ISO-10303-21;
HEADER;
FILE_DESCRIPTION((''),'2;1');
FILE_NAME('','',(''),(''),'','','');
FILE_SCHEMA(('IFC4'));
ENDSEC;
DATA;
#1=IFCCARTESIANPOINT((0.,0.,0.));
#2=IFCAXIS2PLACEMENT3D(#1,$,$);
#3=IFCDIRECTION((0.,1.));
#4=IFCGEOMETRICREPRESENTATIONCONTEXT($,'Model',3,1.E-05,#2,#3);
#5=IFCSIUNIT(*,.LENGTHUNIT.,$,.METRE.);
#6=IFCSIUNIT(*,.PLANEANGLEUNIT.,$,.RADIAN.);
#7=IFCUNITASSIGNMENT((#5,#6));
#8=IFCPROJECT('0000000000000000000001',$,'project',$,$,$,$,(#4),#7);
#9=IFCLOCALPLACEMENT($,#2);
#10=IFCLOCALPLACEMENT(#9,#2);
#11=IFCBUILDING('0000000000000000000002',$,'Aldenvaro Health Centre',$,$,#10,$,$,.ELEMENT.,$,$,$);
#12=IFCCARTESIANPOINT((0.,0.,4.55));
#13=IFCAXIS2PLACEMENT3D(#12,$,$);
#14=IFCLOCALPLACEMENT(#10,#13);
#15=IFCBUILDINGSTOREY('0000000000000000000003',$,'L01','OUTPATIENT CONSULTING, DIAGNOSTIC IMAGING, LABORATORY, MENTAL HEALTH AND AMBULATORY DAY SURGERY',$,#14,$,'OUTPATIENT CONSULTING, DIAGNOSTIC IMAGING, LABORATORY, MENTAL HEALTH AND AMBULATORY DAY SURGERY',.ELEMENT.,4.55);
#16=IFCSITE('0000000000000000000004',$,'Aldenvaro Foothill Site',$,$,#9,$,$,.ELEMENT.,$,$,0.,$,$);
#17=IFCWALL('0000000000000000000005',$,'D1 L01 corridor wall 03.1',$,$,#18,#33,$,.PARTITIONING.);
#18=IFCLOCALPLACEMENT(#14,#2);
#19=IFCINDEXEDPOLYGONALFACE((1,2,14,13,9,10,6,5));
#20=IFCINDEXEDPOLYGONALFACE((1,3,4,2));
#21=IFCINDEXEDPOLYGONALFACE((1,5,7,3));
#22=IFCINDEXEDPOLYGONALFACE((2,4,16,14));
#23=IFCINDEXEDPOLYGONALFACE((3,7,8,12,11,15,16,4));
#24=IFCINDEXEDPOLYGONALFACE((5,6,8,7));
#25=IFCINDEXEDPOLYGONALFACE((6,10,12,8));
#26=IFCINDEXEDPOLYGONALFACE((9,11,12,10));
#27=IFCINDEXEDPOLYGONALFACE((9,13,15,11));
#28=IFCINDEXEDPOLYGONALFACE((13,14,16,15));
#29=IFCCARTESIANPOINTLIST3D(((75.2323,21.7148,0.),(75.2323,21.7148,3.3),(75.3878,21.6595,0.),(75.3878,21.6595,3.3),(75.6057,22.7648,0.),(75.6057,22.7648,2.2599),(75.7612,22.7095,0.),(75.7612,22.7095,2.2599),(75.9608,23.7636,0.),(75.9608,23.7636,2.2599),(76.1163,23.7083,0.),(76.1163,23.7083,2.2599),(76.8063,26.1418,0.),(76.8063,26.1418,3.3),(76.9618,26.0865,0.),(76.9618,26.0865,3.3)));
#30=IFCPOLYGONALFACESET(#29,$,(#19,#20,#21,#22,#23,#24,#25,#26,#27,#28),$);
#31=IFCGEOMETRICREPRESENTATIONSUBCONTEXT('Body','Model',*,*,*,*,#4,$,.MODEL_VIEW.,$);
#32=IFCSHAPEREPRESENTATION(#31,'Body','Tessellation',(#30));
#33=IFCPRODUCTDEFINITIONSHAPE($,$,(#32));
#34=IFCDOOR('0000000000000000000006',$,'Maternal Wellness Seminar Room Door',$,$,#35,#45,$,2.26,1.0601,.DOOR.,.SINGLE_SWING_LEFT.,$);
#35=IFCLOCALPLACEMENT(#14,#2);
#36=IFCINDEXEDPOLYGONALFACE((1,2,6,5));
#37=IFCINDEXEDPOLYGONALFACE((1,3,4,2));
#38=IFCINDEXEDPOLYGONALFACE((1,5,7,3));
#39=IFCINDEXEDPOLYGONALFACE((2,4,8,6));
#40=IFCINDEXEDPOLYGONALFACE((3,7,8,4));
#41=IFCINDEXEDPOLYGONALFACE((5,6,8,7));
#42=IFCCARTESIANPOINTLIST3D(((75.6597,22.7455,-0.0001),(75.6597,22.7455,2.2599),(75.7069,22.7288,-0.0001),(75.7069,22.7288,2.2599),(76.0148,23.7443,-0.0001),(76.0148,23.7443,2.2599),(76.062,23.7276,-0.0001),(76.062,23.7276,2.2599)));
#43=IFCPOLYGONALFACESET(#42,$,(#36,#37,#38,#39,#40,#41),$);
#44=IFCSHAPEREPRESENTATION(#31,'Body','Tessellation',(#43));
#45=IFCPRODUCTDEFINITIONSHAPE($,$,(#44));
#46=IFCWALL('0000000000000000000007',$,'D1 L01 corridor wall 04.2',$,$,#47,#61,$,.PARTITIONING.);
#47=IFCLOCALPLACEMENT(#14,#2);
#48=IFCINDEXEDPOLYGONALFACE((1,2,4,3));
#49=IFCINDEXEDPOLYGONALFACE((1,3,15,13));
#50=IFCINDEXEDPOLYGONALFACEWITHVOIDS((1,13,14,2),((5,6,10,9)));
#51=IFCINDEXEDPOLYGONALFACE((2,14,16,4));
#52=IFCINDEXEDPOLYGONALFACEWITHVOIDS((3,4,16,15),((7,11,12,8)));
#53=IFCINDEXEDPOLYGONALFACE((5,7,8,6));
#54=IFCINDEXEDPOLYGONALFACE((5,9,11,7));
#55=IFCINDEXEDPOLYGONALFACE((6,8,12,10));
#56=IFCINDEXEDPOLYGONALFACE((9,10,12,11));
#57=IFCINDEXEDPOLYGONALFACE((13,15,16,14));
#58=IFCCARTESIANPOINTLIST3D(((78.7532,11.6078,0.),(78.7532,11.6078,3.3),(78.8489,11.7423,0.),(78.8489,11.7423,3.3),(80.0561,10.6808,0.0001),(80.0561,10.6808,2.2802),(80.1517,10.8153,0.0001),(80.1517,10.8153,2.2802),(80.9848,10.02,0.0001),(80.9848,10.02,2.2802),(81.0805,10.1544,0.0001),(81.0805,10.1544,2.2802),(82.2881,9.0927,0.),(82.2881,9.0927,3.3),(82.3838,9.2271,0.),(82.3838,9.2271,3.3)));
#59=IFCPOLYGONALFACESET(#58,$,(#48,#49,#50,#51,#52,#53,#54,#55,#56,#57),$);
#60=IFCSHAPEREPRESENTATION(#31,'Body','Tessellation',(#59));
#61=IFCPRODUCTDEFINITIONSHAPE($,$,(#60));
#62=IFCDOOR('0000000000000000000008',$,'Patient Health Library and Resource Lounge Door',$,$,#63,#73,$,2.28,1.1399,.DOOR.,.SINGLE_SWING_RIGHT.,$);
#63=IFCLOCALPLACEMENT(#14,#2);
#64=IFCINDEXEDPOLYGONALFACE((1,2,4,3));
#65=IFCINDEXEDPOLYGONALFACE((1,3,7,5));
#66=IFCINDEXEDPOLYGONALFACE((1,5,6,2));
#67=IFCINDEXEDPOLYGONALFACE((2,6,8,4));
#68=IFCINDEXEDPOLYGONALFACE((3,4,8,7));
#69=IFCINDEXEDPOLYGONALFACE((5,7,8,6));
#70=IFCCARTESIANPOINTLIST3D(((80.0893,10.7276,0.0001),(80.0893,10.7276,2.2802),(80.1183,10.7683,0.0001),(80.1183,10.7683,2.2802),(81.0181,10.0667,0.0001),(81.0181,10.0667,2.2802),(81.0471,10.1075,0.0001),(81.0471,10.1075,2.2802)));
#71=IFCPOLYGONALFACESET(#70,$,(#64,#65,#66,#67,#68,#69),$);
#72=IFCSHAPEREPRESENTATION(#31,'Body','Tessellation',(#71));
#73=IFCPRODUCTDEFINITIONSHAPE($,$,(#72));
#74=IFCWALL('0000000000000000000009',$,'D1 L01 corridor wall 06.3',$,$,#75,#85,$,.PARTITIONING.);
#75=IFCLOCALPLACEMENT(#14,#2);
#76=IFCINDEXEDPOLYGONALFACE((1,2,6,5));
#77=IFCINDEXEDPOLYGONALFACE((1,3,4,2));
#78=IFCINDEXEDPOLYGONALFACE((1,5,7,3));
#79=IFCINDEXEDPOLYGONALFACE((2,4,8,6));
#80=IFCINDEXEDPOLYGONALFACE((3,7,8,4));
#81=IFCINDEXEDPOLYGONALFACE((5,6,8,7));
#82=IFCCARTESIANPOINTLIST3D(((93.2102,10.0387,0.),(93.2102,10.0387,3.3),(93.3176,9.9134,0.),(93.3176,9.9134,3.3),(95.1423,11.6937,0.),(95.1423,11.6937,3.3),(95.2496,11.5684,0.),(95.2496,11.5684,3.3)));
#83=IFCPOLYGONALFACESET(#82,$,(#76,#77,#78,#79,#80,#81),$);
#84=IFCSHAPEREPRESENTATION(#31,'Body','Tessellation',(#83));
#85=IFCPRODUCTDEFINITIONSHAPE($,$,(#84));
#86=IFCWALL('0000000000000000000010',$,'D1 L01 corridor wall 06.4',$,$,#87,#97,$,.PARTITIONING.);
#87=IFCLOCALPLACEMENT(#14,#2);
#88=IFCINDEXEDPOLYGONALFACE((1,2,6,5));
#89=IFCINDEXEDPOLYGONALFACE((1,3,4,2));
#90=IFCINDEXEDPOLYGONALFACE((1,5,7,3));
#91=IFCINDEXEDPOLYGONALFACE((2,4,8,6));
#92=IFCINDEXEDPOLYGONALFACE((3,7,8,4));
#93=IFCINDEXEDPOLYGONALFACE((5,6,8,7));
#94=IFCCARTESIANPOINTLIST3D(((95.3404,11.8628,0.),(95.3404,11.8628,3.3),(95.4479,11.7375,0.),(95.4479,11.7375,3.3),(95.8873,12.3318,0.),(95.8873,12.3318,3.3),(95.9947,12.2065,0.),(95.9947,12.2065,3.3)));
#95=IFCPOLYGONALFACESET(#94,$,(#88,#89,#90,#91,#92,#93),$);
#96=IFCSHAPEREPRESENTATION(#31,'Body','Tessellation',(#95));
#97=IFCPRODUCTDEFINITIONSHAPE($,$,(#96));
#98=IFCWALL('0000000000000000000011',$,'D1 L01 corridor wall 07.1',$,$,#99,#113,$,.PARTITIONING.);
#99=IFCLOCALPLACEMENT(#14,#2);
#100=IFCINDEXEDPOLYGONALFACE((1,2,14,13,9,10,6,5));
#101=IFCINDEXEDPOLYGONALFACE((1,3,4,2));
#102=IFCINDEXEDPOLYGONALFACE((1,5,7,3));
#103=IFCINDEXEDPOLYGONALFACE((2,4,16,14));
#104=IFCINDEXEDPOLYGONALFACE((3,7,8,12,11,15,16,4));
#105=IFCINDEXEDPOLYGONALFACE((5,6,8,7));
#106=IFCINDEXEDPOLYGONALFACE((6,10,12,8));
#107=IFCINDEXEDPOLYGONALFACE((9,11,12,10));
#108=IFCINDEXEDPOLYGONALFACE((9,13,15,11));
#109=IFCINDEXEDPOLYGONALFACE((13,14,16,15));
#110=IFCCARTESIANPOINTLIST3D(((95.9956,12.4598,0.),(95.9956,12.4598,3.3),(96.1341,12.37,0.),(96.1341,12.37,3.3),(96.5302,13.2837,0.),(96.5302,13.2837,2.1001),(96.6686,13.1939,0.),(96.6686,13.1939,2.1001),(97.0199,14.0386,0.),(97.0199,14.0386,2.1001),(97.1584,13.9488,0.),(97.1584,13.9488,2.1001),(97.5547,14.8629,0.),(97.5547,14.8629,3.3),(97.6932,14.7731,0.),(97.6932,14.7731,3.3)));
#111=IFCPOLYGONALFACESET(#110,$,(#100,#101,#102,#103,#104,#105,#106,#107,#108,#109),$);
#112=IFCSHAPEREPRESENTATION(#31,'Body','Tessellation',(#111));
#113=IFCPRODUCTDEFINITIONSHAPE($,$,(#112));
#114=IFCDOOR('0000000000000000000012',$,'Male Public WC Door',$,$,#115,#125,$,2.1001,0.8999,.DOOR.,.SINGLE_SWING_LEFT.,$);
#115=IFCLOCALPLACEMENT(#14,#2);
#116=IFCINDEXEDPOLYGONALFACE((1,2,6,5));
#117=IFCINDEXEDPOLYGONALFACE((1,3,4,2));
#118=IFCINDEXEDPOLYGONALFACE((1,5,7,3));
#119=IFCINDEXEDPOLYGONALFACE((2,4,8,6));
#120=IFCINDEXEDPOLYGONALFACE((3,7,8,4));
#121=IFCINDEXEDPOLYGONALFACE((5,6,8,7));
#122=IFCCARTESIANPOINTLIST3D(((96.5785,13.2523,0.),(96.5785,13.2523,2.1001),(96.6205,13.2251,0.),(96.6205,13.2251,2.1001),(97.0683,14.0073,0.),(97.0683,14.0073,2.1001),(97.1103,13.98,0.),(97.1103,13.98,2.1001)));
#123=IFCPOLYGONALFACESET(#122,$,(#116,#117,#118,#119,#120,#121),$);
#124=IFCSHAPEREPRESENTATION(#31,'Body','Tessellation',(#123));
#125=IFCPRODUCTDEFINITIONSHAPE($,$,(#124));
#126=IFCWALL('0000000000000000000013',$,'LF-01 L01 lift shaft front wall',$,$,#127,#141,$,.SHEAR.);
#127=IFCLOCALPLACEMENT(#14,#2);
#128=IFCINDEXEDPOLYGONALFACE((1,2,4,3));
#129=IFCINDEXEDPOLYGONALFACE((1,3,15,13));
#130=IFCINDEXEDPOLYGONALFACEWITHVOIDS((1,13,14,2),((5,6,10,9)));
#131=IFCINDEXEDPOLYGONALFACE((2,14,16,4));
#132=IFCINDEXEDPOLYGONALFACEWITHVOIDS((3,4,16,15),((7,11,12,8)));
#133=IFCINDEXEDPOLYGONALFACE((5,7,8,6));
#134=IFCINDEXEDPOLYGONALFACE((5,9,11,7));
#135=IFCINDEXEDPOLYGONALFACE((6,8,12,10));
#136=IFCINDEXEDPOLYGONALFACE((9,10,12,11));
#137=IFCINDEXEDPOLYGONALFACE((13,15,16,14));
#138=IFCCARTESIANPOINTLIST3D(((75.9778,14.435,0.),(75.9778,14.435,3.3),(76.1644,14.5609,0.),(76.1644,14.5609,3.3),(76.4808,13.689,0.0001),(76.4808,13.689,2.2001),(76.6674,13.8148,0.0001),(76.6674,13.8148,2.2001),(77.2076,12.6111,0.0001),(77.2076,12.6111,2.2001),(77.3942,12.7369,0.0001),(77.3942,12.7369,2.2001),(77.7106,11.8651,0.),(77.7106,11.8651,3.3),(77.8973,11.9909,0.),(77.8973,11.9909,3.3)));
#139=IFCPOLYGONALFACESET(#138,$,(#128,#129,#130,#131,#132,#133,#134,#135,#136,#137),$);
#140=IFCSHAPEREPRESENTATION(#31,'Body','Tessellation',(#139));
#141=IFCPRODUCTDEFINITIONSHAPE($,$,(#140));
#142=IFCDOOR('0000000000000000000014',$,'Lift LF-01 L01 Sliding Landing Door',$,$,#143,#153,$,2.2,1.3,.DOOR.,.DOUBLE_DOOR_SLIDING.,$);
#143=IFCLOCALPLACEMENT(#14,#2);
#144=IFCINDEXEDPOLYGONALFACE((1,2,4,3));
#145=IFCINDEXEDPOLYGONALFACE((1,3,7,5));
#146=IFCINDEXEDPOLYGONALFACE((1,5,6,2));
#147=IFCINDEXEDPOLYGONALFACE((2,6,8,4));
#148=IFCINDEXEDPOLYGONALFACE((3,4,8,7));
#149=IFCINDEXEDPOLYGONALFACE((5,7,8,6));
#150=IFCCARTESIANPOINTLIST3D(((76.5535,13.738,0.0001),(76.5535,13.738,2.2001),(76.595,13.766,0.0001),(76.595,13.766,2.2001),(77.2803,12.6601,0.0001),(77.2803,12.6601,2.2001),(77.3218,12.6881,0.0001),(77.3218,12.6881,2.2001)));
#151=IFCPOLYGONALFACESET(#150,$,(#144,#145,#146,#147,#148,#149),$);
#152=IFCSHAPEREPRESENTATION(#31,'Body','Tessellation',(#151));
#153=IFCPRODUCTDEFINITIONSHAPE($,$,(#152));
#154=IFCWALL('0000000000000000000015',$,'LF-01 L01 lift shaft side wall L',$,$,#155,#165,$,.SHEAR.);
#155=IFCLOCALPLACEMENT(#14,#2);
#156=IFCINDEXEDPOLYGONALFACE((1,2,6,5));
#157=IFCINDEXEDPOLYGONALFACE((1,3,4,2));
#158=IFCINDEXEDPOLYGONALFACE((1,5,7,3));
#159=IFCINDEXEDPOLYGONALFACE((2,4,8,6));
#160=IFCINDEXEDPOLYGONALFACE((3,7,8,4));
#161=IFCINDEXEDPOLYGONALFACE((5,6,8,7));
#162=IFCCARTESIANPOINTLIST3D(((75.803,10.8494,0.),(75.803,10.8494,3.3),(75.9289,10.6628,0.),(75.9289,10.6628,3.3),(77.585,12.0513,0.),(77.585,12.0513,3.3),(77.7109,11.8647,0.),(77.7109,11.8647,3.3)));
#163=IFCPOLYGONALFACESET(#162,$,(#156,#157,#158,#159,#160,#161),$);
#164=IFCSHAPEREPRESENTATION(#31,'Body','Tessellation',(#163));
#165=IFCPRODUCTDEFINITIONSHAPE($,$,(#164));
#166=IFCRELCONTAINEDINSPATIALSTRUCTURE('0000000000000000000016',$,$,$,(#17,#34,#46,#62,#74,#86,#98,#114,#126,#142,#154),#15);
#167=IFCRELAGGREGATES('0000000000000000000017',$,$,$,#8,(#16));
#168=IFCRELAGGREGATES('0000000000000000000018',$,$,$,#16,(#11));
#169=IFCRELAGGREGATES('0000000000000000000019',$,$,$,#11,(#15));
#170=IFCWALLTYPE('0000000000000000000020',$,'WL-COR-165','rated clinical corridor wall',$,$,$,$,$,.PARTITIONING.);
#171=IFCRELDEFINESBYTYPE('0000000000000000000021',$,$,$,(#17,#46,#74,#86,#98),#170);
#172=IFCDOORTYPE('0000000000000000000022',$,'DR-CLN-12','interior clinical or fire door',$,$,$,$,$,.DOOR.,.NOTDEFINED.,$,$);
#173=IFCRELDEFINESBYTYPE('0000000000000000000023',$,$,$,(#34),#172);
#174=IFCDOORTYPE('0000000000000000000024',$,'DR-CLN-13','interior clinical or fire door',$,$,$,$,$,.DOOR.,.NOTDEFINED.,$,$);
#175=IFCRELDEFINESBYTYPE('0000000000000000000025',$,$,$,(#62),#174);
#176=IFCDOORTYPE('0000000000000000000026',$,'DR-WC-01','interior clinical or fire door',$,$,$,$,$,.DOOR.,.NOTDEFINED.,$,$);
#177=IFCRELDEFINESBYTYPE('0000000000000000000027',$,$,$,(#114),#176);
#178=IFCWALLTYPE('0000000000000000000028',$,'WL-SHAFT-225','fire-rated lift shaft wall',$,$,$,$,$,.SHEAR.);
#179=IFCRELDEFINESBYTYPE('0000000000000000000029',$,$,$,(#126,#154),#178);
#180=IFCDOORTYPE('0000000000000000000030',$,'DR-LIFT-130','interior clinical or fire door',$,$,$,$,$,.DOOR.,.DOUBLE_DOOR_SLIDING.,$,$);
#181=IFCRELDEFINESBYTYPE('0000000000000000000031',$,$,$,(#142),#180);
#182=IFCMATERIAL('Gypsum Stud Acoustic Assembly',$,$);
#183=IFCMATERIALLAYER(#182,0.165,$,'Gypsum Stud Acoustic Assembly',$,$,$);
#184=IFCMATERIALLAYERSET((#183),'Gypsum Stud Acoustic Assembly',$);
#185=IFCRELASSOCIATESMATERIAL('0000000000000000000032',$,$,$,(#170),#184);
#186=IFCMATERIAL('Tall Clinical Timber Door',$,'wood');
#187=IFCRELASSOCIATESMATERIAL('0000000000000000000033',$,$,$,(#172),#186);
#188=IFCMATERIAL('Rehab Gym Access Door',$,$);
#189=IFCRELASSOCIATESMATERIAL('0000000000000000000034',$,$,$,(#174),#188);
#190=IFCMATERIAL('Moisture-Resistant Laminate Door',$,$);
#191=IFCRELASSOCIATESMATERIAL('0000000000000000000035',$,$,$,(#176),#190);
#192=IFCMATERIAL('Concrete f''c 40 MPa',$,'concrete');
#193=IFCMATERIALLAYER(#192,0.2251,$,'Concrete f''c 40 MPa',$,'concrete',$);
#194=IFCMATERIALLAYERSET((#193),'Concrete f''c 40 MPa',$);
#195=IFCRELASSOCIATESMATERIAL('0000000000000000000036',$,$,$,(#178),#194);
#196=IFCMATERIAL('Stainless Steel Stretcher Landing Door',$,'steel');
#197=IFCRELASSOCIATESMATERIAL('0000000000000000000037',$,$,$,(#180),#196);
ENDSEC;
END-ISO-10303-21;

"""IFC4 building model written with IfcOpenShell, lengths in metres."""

from ifc_helpers import new_model, si_unit, direction, frame, frame_2d, origin, place, context, subcontext, project, spatial, rectangle, extrude, material, layer, layer_set, type_object, element, fill, save


model = new_model("IFC4")

# Units and contexts
model_context = context("Model", 3, precision=1e-05, world=origin(), true_north=direction((0.0, 1.0)))
body_context = subcontext(model_context, "Body", "Model", "MODEL_VIEW")
ifc_project = project(units=[si_unit("LENGTHUNIT", "METRE"), si_unit("PLANEANGLEUNIT", "RADIAN")], contexts=[model_context])

# Site, building, storey
site_placement = place(None, origin())
site = spatial("IfcSite", under=ifc_project, at=site_placement, Name="Aldenvaro Foothill Site", CompositionType="ELEMENT", RefElevation=0.0)
building_placement = place(site_placement, origin())
building = spatial("IfcBuilding", under=site, at=building_placement, Name="Aldenvaro Health Centre", CompositionType="ELEMENT")
storey_placement = place(building_placement, frame((0.0, 0.0, 4.55)))
storey = spatial("IfcBuildingStorey", under=building, at=storey_placement, Name="L01", Description="OUTPATIENT CONSULTING, DIAGNOSTIC IMAGING, LABORATORY, MENTAL HEALTH AND AMBULATORY DAY SURGERY", LongName="OUTPATIENT CONSULTING, DIAGNOSTIC IMAGING, LABORATORY, MENTAL HEALTH AND AMBULATORY DAY SURGERY", CompositionType="ELEMENT", Elevation=4.55)

# Shared definitions
ifc_material_1 = material(Name="Gypsum Stud Acoustic Assembly")
ifc_layer_1 = layer(ifc_material_1, 0.165, Name="Gypsum Stud Acoustic Assembly")
ifc_layer_set_1 = layer_set([ifc_layer_1], Name="Gypsum Stud Acoustic Assembly")
wall_type_1 = type_object("IfcWallType", Name="WL-COR-165", Description="rated clinical corridor wall", PredefinedType="PARTITIONING", material=ifc_layer_set_1)

# Walls, openings, doors
wall_1_placement = place(storey_placement, frame((76.884, 26.114, 0.0), z_axis=(0.0, 0.0, 1.0), x_axis=(-0.334996, -0.942219, 0.0)))
wall_1 = element("IfcWall", 1, at=wall_1_placement, inside=storey, type_object=wall_type_1, Name="D1 L01 corridor wall 03.1", PredefinedType="PARTITIONING", context=body_context, shape_type="SweptSolid", body=[
    extrude(rectangle(XDim=4.6985, YDim=0.165, at=frame_2d((2.3491, 0.0))), origin(), (0.0, 0.0, 1.0), 3.3),
])
opening_1_placement = place(wall_1_placement, frame((2.5239, 0.0, 0.0)))
opening_1 = element("IfcOpeningElement", 2, at=opening_1_placement, cuts=wall_1, PredefinedType="OPENING", context=body_context, shape_type="SweptSolid", body=[
    extrude(rectangle(XDim=1.0601, YDim=2.26, at=frame_2d((0.53, 1.1299))), frame((0.0, 0.0925, 0.0), z_axis=(0.0, -1.0, 0.0), x_axis=(1.0, 0.0, 0.0)), (0.0, 0.0, 1.0), 0.1851),
])
ifc_material_2 = material(Name="Tall Clinical Timber Door", Category="wood")
door_type_1 = type_object("IfcDoorType", Name="DR-CLN-12", Description="interior clinical or fire door", OperationType="NOTDEFINED", PredefinedType="DOOR", material=ifc_material_2)
door_1_placement = place(opening_1_placement, origin())
door_1 = element("IfcDoor", 3, at=door_1_placement, inside=storey, type_object=door_type_1, Name="Maternal Wellness Seminar Room Door", OperationType="SINGLE_SWING_LEFT", OverallHeight=2.26, OverallWidth=1.0601, PredefinedType="DOOR", context=body_context, shape_type="SweptSolid", body=[
    extrude(rectangle(XDim=1.0601, YDim=2.26, at=frame_2d((0.53, 1.1299))), frame((0.0, 0.0249, 0.0), z_axis=(0.0, -1.0, 0.0), x_axis=(1.0, 0.0, 0.0)), (0.0, 0.0, 1.0), 0.05),
])
fill(opening_1, door_1)
wall_2_placement = place(storey_placement, frame((78.801, 11.675, 0.0), z_axis=(0.0, 0.0, 1.0), x_axis=(0.814801, -0.579741, 0.0)))
wall_2 = element("IfcWall", 4, at=wall_2_placement, inside=storey, type_object=wall_type_1, Name="D1 L01 corridor wall 04.2", PredefinedType="PARTITIONING", context=body_context, shape_type="SweptSolid", body=[
    extrude(rectangle(XDim=4.3384, YDim=0.165, at=frame_2d((2.1692, 0.0))), origin(), (0.0, 0.0, 1.0), 3.3),
])
opening_2_placement = place(wall_2_placement, frame((1.5991, 0.0, 0.0)))
opening_2 = element("IfcOpeningElement", 5, at=opening_2_placement, cuts=wall_2, PredefinedType="OPENING", context=body_context, shape_type="SweptSolid", body=[
    extrude(rectangle(XDim=1.1399, YDim=2.28, at=frame_2d((0.5698, 1.1401))), frame((0.0, 0.0925, 0.0), z_axis=(0.0, -1.0, 0.0), x_axis=(1.0, 0.0, 0.0)), (0.0, 0.0, 1.0), 0.1851),
])
ifc_material_3 = material(Name="Rehab Gym Access Door")
door_type_2 = type_object("IfcDoorType", Name="DR-CLN-13", Description="interior clinical or fire door", OperationType="NOTDEFINED", PredefinedType="DOOR", material=ifc_material_3)
door_2_placement = place(opening_2_placement, origin())
door_2 = element("IfcDoor", 6, at=door_2_placement, inside=storey, type_object=door_type_2, Name="Patient Health Library and Resource Lounge Door", OperationType="SINGLE_SWING_RIGHT", OverallHeight=2.28, OverallWidth=1.1399, PredefinedType="DOOR", context=body_context, shape_type="SweptSolid", body=[
    extrude(rectangle(XDim=1.1399, YDim=2.28, at=frame_2d((0.5698, 1.1401))), frame((0.0, 0.0249, 0.0), z_axis=(0.0, -1.0, 0.0), x_axis=(1.0, 0.0, 0.0)), (0.0, 0.0, 1.0), 0.05),
])
fill(opening_2, door_2)

# Walls
wall_3_placement = place(storey_placement, frame((93.2639, 9.9761, 0.0), z_axis=(0.0, 0.0, 1.0), x_axis=(0.759467, 0.650546, 0.0)))
element("IfcWall", 7, at=wall_3_placement, inside=storey, type_object=wall_type_1, Name="D1 L01 corridor wall 06.3", PredefinedType="PARTITIONING", context=body_context, shape_type="SweptSolid", body=[
    extrude(rectangle(XDim=2.5439, YDim=0.165, at=frame_2d((1.272, 0.0))), origin(), (0.0, 0.0, 1.0), 3.3),
])
wall_4_placement = place(storey_placement, frame((95.394, 11.8, 0.0), z_axis=(0.0, 0.0, 1.0), x_axis=(0.759089, 0.650987, 0.0)))
element("IfcWall", 8, at=wall_4_placement, inside=storey, type_object=wall_type_1, Name="D1 L01 corridor wall 06.4", PredefinedType="PARTITIONING", context=body_context, shape_type="SweptSolid", body=[
    extrude(rectangle(XDim=0.7205, YDim=0.165, at=frame_2d((0.3604, 0.0))), origin(), (0.0, 0.0, 1.0), 3.3),
])

# Walls, openings, doors
wall_5_placement = place(storey_placement, frame((96.0649, 12.415, 0.0), z_axis=(0.0, 0.0, 1.0), x_axis=(0.544272, 0.838909, 0.0)))
wall_5 = element("IfcWall", 9, at=wall_5_placement, inside=storey, type_object=wall_type_1, Name="D1 L01 corridor wall 07.1", PredefinedType="PARTITIONING", context=body_context, shape_type="SweptSolid", body=[
    extrude(rectangle(XDim=2.8645, YDim=0.165, at=frame_2d((1.4321, 0.0))), origin(), (0.0, 0.0, 1.0), 3.3),
])
opening_3_placement = place(wall_5_placement, frame((0.9819, 0.0, 0.0)))
opening_3 = element("IfcOpeningElement", 10, at=opening_3_placement, cuts=wall_5, PredefinedType="OPENING", context=body_context, shape_type="SweptSolid", body=[
    extrude(rectangle(XDim=0.8999, YDim=2.1001, at=frame_2d((0.45, 1.05))), frame((0.0, 0.0925, 0.0), z_axis=(0.0, -1.0, 0.0), x_axis=(1.0, 0.0, 0.0)), (0.0, 0.0, 1.0), 0.1851),
])
ifc_material_4 = material(Name="Moisture-Resistant Laminate Door")
door_type_3 = type_object("IfcDoorType", Name="DR-WC-01", Description="interior clinical or fire door", OperationType="NOTDEFINED", PredefinedType="DOOR", material=ifc_material_4)
door_3_placement = place(opening_3_placement, origin())
door_3 = element("IfcDoor", 11, at=door_3_placement, inside=storey, type_object=door_type_3, Name="Male Public WC Door", OperationType="SINGLE_SWING_LEFT", OverallHeight=2.1001, OverallWidth=0.8999, PredefinedType="DOOR", context=body_context, shape_type="SweptSolid", body=[
    extrude(rectangle(XDim=0.8999, YDim=2.1001, at=frame_2d((0.45, 1.05))), frame((0.0, 0.0249, 0.0), z_axis=(0.0, -1.0, 0.0), x_axis=(1.0, 0.0, 0.0)), (0.0, 0.0, 1.0), 0.05),
])
fill(opening_3, door_3)
ifc_material_5 = material(Name="Concrete f'c 40 MPa", Category="concrete")
ifc_layer_2 = layer(ifc_material_5, 0.2251, Name="Concrete f'c 40 MPa", Category="concrete")
ifc_layer_set_2 = layer_set([ifc_layer_2], Name="Concrete f'c 40 MPa")
wall_type_2 = type_object("IfcWallType", Name="WL-SHAFT-225", Description="fire-rated lift shaft wall", PredefinedType="SHEAR", material=ifc_layer_set_2)
wall_6_placement = place(storey_placement, frame((77.804, 11.928, 0.0), z_axis=(0.0, 0.0, 1.0), x_axis=(-0.559055, 0.829131, 0.0)))
wall_6 = element("IfcWall", 12, at=wall_6_placement, inside=storey, type_object=wall_type_2, Name="LF-01 L01 lift shaft front wall", PredefinedType="SHEAR", context=body_context, shape_type="SweptSolid", body=[
    extrude(rectangle(XDim=3.0996, YDim=0.2251, at=frame_2d((1.5498, 0.0))), origin(), (0.0, 0.0, 1.0), 3.3),
])
opening_4_placement = place(wall_6_placement, frame((0.8999, 0.0, 0.0)))
opening_4 = element("IfcOpeningElement", 13, at=opening_4_placement, cuts=wall_6, PredefinedType="OPENING", context=body_context, shape_type="SweptSolid", body=[
    extrude(rectangle(XDim=1.3, YDim=2.2, at=frame_2d((0.6499, 1.1001))), frame((0.0, 0.1226, 0.0), z_axis=(0.0, -1.0, 0.0), x_axis=(1.0, 0.0, 0.0)), (0.0, 0.0, 1.0), 0.2451),
])
ifc_material_6 = material(Name="Stainless Steel Stretcher Landing Door", Category="steel")
door_type_4 = type_object("IfcDoorType", Name="DR-LIFT-130", Description="interior clinical or fire door", OperationType="DOUBLE_DOOR_SLIDING", PredefinedType="DOOR", material=ifc_material_6)
door_4_placement = place(opening_4_placement, origin())
door_4 = element("IfcDoor", 14, at=door_4_placement, inside=storey, type_object=door_type_4, Name="Lift LF-01 L01 Sliding Landing Door", OperationType="DOUBLE_DOOR_SLIDING", OverallHeight=2.2, OverallWidth=1.3, PredefinedType="DOOR", context=body_context, shape_type="SweptSolid", body=[
    extrude(rectangle(XDim=1.3, YDim=2.2, at=frame_2d((0.6499, 1.1001))), frame((0.0, 0.0249, 0.0), z_axis=(0.0, -1.0, 0.0), x_axis=(1.0, 0.0, 0.0)), (0.0, 0.0, 1.0), 0.05),
])
fill(opening_4, door_4)

# Wall
wall_7_placement = place(storey_placement, frame((77.6479, 11.958, 0.0), z_axis=(0.0, 0.0, 1.0), x_axis=(-0.82905, -0.559174, 0.0)))
element("IfcWall", 15, at=wall_7_placement, inside=storey, type_object=wall_type_2, Name="LF-01 L01 lift shaft side wall L", PredefinedType="SHEAR", context=body_context, shape_type="SweptSolid", body=[
    extrude(rectangle(XDim=2.1494, YDim=0.2251, at=frame_2d((1.0747, 0.0))), origin(), (0.0, 0.0, 1.0), 3.3),
])

save(model, "model.ifc")
